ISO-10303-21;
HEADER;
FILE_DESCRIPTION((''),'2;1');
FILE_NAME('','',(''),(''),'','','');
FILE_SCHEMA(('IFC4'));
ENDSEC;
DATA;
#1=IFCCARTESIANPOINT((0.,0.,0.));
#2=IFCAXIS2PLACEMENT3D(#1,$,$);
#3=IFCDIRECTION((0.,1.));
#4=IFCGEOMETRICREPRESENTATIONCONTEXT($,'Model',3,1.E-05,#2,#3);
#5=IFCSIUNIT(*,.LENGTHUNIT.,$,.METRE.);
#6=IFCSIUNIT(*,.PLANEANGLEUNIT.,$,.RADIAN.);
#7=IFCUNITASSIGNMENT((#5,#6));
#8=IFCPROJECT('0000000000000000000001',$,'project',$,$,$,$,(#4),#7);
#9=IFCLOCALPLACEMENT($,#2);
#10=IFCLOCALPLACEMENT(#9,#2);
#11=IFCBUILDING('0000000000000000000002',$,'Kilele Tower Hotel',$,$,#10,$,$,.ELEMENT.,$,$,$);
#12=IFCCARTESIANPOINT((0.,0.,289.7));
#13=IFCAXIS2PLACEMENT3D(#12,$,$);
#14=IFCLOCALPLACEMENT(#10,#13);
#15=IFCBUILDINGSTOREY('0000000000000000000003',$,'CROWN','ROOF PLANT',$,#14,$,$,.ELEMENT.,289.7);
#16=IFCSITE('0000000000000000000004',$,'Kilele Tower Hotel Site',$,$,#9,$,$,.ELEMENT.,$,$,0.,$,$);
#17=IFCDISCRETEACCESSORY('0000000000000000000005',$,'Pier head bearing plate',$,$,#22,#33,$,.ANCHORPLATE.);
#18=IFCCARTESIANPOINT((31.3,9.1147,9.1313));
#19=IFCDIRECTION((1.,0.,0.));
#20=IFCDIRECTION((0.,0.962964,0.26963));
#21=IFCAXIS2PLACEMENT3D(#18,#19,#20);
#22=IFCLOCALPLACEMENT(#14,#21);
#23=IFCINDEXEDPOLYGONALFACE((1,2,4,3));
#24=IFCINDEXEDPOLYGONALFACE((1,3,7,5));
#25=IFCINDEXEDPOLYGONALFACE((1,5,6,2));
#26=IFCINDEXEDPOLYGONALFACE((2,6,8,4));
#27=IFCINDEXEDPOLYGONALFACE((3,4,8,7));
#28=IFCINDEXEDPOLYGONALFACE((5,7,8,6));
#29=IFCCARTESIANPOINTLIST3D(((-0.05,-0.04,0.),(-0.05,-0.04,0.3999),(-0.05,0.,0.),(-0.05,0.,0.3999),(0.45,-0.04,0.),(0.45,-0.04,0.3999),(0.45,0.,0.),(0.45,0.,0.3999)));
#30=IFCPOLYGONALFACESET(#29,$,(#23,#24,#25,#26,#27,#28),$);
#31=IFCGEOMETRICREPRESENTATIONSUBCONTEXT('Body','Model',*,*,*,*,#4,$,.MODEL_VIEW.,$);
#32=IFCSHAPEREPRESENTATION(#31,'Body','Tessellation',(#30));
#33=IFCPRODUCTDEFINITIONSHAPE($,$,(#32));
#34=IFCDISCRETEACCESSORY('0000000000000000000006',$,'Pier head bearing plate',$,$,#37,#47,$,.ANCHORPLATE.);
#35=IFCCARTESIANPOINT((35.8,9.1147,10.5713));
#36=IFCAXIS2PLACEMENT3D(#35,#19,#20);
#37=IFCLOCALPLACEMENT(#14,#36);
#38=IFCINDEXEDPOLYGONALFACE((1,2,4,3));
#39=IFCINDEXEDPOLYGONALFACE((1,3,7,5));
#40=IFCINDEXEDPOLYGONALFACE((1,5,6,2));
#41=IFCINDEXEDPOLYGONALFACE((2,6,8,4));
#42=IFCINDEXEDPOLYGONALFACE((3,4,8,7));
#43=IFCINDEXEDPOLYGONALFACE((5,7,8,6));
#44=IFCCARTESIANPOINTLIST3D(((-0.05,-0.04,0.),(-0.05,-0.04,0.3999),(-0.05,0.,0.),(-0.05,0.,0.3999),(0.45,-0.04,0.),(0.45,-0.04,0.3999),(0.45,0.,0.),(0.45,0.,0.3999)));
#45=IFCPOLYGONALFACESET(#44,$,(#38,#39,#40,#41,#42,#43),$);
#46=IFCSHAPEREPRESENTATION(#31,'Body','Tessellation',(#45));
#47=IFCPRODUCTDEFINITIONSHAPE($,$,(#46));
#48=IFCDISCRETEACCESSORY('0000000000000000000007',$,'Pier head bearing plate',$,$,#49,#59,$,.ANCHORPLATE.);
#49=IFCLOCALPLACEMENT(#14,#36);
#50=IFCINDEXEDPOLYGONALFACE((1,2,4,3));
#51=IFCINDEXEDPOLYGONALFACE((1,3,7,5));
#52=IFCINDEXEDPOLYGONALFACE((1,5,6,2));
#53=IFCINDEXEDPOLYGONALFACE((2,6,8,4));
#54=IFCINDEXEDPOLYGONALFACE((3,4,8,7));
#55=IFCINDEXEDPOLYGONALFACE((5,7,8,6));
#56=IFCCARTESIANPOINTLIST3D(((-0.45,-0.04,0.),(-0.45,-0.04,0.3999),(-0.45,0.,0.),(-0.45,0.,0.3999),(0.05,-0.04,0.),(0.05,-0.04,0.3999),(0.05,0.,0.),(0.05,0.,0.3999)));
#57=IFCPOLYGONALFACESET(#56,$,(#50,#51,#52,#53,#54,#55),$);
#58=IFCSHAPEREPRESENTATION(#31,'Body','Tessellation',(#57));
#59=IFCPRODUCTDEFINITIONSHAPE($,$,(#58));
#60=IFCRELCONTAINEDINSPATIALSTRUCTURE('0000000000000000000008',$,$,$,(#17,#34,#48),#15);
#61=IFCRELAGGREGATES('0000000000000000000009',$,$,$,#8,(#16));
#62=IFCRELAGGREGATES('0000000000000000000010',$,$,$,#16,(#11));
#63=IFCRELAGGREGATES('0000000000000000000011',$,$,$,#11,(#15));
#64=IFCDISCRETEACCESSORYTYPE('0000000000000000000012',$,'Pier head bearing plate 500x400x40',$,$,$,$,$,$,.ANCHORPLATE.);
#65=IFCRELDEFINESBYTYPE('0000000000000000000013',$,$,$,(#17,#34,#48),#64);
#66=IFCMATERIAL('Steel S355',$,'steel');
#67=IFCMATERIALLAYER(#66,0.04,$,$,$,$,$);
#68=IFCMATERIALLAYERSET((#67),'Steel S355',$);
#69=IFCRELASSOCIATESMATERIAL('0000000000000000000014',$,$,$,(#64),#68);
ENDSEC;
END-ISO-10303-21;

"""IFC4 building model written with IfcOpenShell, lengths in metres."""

from ifc_helpers import new_model, si_unit, direction, frame, origin, place, context, subcontext, project, spatial, polyline, outline, extrude, source, transform, mapped, material, layer, layer_set, type_object, element, save


model = new_model("IFC4")

# Units and contexts
model_context = context("Model", 3, precision=1e-05, world=origin(), true_north=direction((0.0, 1.0)))
body_context = subcontext(model_context, "Body", "Model", "MODEL_VIEW")
ifc_project = project(units=[si_unit("LENGTHUNIT", "METRE"), si_unit("PLANEANGLEUNIT", "RADIAN")], contexts=[model_context])

# Site, building, storey
site_placement = place(None, origin())
site = spatial("IfcSite", under=ifc_project, at=site_placement, Name="Kilele Tower Hotel Site", CompositionType="ELEMENT", RefElevation=0.0)
building_placement = place(site_placement, origin())
building = spatial("IfcBuilding", under=site, at=building_placement, Name="Kilele Tower Hotel", CompositionType="ELEMENT")
storey_placement = place(building_placement, frame((0.0, 0.0, 289.7)))
storey = spatial("IfcBuildingStorey", under=building, at=storey_placement, Name="CROWN", Description="ROOF PLANT", CompositionType="ELEMENT", Elevation=289.7)

# Discrete accessories
ifc_material_1 = material(Name="Steel S355", Category="steel")
ifc_layer_1 = layer(ifc_material_1, 0.04)
ifc_layer_set_1 = layer_set([ifc_layer_1], Name="Steel S355")
discrete_accessory_type_1 = type_object("IfcDiscreteAccessoryType", Name="Pier head bearing plate 500x400x40", PredefinedType="ANCHORPLATE", material=ifc_layer_set_1)
shared_shape_1 = source(origin(), body_context, "Body", "SweptSolid", [
    extrude(outline(polyline([(-0.05, -0.04), (0.45, -0.04), (0.45, 0.0), (-0.05, 0.0), (-0.05, -0.04)])), origin(), (0.0, 0.0, 1.0), 0.3999),
])
for number, where, z_axis, x_axis, name in (
    (1, (31.3, 9.1147, 9.1313), (1.0, 0.0, 0.0), (0.0, 0.962964, 0.26963), "Pier head bearing plate"),
    (2, (35.8, 9.1147, 10.5713), (1.0, 0.0, 0.0), (0.0, 0.962964, 0.26963), "Pier head bearing plate"),
):
    element("IfcDiscreteAccessory", number, at=place(storey_placement, frame(where, z_axis=z_axis, x_axis=x_axis)), inside=storey, type_object=discrete_accessory_type_1, Name=name, PredefinedType="ANCHORPLATE", context=body_context, shape_type="MappedRepresentation", body=[
        mapped(shared_shape_1, transform((0.0, 0.0, 0.0))),
    ])
shared_shape_2 = source(origin(), body_context, "Body", "SweptSolid", [
    extrude(outline(polyline([(-0.45, -0.04), (0.05, -0.04), (0.05, 0.0), (-0.45, 0.0), (-0.45, -0.04)])), origin(), (0.0, 0.0, 1.0), 0.3999),
])
discrete_accessory_1_placement = place(storey_placement, frame((35.8, 9.1147, 10.5713), z_axis=(1.0, 0.0, 0.0), x_axis=(0.0, 0.962964, 0.26963)))
element("IfcDiscreteAccessory", 3, at=discrete_accessory_1_placement, inside=storey, type_object=discrete_accessory_type_1, Name="Pier head bearing plate", PredefinedType="ANCHORPLATE", context=body_context, shape_type="MappedRepresentation", body=[
    mapped(shared_shape_2, transform((0.0, 0.0, 0.0))),
])

save(model, "model.ifc")
